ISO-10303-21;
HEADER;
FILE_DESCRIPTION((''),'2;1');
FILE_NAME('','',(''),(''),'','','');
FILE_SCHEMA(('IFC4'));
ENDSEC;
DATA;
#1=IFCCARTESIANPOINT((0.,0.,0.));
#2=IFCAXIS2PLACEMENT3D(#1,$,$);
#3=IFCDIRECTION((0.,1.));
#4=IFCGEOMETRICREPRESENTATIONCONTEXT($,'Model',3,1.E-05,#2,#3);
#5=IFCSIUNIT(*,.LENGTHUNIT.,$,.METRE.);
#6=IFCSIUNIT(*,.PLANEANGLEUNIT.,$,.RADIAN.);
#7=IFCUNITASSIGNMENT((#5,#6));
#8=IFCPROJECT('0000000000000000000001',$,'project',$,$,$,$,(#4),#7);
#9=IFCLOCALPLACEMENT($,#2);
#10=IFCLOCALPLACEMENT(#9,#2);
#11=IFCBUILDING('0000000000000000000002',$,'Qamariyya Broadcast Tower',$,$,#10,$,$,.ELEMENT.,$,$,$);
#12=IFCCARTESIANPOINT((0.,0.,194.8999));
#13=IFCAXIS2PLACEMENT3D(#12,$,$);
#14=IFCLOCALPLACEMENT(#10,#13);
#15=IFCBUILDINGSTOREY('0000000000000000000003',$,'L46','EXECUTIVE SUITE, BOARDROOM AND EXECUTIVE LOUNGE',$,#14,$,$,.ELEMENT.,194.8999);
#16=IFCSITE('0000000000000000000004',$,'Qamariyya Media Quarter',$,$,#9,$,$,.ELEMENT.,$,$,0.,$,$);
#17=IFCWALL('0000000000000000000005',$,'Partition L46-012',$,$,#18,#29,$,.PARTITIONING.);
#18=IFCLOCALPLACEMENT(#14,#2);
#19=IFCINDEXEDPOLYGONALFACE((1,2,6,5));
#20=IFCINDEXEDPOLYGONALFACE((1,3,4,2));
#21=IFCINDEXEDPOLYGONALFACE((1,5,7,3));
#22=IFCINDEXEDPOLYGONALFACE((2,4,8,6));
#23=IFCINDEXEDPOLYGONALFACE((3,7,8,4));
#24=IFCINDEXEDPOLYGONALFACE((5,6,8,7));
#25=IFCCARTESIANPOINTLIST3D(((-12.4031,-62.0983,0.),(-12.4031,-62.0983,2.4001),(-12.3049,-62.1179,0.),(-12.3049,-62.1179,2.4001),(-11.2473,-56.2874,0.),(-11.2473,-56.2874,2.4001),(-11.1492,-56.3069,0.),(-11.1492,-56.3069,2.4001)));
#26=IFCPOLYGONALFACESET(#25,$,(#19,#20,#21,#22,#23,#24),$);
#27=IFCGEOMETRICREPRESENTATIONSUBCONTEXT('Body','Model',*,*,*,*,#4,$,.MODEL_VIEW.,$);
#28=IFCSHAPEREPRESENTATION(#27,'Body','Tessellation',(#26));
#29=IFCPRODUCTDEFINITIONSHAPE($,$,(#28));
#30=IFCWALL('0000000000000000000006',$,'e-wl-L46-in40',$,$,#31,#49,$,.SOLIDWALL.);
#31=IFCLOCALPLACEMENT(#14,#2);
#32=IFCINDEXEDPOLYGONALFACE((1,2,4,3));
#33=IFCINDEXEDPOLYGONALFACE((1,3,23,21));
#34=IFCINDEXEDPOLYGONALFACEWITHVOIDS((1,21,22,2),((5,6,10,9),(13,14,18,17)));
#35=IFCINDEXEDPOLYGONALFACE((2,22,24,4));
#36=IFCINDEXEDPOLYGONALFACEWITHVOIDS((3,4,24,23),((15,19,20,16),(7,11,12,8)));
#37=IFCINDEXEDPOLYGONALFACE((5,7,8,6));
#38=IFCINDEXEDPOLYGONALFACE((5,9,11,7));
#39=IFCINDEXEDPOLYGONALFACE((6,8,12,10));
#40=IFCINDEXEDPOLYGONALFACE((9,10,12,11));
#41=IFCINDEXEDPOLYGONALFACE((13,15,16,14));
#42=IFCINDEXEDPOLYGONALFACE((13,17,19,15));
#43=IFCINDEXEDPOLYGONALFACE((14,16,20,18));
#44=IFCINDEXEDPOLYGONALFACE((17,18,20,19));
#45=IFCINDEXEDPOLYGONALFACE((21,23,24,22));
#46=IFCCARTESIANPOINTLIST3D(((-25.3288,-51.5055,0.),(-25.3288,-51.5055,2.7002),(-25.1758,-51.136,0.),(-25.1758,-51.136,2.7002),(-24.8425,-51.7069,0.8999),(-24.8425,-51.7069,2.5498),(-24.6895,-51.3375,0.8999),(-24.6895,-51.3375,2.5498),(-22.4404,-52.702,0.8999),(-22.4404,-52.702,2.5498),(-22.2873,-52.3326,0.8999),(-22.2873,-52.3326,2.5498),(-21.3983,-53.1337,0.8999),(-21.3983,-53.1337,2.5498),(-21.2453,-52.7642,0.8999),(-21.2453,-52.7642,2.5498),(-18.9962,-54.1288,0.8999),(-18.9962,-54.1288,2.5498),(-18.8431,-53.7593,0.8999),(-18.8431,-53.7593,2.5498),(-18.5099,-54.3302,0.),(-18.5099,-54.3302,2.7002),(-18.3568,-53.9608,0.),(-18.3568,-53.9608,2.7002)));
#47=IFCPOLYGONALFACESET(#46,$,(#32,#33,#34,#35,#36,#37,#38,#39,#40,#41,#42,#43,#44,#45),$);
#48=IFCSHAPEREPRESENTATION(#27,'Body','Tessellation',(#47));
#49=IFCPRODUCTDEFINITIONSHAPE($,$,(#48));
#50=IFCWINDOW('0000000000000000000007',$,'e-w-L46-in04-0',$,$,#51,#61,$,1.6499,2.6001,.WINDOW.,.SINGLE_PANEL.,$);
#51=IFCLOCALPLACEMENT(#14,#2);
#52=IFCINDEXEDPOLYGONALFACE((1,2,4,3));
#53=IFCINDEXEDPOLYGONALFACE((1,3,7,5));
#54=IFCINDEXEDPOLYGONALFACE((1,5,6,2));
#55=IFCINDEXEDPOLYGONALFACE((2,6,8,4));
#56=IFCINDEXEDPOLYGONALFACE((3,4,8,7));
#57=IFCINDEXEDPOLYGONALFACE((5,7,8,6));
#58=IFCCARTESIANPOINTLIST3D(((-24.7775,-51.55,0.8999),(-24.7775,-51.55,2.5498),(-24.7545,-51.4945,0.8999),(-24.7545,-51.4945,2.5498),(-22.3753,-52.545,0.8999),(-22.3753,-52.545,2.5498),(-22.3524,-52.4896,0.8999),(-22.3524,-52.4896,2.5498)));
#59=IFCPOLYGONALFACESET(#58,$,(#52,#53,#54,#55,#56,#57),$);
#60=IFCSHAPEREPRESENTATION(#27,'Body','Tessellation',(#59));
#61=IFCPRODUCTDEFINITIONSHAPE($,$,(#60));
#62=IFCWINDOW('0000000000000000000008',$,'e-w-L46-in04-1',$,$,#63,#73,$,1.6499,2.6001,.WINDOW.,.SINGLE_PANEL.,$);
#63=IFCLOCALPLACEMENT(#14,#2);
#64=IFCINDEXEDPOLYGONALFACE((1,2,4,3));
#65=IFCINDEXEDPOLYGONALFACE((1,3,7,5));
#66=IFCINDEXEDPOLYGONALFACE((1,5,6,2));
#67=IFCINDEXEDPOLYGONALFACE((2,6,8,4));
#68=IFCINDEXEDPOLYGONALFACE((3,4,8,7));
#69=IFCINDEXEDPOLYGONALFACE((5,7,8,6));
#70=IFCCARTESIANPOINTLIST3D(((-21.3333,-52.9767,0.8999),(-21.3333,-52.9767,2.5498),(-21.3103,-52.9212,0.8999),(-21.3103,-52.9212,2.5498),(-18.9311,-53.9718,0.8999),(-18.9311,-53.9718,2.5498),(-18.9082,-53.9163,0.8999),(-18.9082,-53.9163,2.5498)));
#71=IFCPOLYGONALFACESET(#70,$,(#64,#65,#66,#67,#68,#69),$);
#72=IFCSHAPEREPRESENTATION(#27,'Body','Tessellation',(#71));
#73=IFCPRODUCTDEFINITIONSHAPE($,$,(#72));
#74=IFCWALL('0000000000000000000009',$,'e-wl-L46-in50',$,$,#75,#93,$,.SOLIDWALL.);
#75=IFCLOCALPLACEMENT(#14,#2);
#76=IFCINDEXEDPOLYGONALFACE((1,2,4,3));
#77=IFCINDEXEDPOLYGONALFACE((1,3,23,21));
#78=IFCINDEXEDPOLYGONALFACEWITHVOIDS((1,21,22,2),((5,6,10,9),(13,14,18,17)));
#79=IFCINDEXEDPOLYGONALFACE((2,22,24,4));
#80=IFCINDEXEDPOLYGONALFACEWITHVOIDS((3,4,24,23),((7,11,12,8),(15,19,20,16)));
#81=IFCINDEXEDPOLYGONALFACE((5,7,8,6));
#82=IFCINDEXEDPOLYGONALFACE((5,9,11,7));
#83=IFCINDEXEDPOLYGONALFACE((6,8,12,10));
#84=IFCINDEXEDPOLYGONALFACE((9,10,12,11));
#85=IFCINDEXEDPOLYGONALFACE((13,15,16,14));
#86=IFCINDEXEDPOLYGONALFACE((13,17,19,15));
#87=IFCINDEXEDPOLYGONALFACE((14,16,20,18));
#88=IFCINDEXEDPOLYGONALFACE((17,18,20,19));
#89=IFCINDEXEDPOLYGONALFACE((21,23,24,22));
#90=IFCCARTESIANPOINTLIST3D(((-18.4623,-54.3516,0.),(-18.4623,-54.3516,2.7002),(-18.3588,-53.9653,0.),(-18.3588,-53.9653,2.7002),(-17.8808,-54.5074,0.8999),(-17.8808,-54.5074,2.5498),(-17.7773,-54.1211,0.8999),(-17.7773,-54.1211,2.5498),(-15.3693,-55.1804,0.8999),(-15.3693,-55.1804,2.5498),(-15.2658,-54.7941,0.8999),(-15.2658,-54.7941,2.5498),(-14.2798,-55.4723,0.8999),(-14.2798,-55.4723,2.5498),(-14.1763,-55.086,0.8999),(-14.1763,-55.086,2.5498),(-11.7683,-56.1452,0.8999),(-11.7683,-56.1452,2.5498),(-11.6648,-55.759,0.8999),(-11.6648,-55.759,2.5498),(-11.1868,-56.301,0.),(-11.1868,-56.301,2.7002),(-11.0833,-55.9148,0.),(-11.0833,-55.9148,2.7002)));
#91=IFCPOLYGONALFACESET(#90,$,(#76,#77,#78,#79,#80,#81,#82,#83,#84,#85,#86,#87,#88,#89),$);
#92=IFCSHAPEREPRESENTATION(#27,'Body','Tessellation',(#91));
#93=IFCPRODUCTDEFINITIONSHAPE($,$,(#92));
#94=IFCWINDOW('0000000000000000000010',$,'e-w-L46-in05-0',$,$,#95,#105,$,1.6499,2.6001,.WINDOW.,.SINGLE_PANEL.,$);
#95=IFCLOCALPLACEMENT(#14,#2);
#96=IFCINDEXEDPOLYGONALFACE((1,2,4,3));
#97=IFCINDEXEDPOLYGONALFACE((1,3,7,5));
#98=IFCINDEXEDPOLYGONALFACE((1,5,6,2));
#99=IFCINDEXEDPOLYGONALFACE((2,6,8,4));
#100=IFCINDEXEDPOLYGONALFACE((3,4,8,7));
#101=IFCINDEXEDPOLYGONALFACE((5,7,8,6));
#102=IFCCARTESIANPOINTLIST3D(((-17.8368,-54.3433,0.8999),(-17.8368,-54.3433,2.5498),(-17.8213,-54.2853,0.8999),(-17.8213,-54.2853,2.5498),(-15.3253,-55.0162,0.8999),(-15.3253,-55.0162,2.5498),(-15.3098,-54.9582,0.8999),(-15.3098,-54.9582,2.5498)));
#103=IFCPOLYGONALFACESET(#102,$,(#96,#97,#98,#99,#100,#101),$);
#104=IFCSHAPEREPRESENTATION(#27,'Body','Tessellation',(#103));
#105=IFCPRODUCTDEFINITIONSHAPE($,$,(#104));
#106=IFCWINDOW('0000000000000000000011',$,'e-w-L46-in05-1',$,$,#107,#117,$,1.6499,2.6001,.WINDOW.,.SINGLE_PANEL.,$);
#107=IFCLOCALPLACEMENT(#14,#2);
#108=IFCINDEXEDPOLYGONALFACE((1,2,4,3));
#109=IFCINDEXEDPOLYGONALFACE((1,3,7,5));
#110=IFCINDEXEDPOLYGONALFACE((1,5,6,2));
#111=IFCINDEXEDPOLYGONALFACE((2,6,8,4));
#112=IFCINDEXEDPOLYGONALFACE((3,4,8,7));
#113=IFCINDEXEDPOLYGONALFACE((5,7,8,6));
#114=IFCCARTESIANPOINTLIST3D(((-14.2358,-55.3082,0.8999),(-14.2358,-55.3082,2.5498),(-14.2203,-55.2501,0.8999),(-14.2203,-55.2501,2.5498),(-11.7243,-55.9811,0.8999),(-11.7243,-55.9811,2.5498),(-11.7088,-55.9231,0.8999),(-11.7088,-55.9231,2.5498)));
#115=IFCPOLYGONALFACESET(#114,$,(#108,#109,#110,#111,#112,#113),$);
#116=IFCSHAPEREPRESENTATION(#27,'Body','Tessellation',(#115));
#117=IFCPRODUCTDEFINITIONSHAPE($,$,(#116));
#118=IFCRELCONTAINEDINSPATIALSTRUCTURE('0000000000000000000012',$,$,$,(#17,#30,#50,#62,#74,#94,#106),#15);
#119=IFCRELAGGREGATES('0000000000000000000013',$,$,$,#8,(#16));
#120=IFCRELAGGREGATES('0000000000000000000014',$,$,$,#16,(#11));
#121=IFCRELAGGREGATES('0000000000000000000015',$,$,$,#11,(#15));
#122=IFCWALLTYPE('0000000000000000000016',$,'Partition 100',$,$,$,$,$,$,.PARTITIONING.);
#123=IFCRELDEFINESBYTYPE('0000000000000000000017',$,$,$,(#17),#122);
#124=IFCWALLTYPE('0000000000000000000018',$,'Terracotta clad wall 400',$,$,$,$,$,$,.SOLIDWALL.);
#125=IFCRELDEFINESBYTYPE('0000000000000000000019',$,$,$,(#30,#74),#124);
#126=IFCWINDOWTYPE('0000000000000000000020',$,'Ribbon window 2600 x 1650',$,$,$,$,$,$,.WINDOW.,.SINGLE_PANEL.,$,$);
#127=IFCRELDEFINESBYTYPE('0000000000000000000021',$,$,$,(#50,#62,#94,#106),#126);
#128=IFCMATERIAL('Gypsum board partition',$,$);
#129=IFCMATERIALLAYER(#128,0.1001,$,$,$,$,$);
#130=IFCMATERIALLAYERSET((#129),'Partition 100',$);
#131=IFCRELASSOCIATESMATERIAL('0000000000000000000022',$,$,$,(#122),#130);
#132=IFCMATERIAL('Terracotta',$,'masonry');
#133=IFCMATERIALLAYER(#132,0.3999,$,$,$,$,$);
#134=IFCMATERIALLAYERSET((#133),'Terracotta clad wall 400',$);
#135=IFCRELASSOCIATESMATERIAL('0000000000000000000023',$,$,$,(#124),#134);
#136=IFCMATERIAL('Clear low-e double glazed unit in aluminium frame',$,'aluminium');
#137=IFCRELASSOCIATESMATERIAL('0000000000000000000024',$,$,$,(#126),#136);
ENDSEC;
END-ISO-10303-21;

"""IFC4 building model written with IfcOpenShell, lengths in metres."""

from ifc_helpers import new_model, si_unit, direction, frame, frame_2d, origin, place, context, subcontext, project, spatial, rectangle, extrude, material, layer, layer_set, type_object, element, fill, save


model = new_model("IFC4")

# Units and contexts
model_context = context("Model", 3, precision=1e-05, world=origin(), true_north=direction((0.0, 1.0)))
body_context = subcontext(model_context, "Body", "Model", "MODEL_VIEW")
ifc_project = project(units=[si_unit("LENGTHUNIT", "METRE"), si_unit("PLANEANGLEUNIT", "RADIAN")], contexts=[model_context])

# Site, building, storey
site_placement = place(None, origin())
site = spatial("IfcSite", under=ifc_project, at=site_placement, Name="Qamariyya Media Quarter", CompositionType="ELEMENT", RefElevation=0.0)
building_placement = place(site_placement, origin())
building = spatial("IfcBuilding", under=site, at=building_placement, Name="Qamariyya Broadcast Tower", CompositionType="ELEMENT")
storey_placement = place(building_placement, frame((0.0, 0.0, 194.8999)))
storey = spatial("IfcBuildingStorey", under=building, at=storey_placement, Name="L46", Description="EXECUTIVE SUITE, BOARDROOM AND EXECUTIVE LOUNGE", CompositionType="ELEMENT", Elevation=194.8999)

# Wall
ifc_material_1 = material(Name="Gypsum board partition")
ifc_layer_1 = layer(ifc_material_1, 0.1001)
ifc_layer_set_1 = layer_set([ifc_layer_1], Name="Partition 100")
wall_type_1 = type_object("IfcWallType", Name="Partition 100", PredefinedType="PARTITIONING", material=ifc_layer_set_1)
wall_1_placement = place(storey_placement, frame((-11.1982, -56.2971, 0.0), z_axis=(0.0, 0.0, 1.0), x_axis=(-0.19507, -0.980789, 0.0)))
element("IfcWall", 1, at=wall_1_placement, inside=storey, type_object=wall_type_1, Name="Partition L46-012", PredefinedType="PARTITIONING", context=body_context, shape_type="SweptSolid", body=[
    extrude(rectangle(XDim=5.9248, YDim=0.1001, at=frame_2d((2.9624, 0.0))), origin(), (0.0, 0.0, 1.0), 2.4001),
])

# Walls, openings, windows
ifc_material_2 = material(Name="Terracotta", Category="masonry")
ifc_layer_2 = layer(ifc_material_2, 0.3999)
ifc_layer_set_2 = layer_set([ifc_layer_2], Name="Terracotta clad wall 400")
wall_type_2 = type_object("IfcWallType", Name="Terracotta clad wall 400", PredefinedType="SOLIDWALL", material=ifc_layer_set_2)
wall_2_placement = place(storey_placement, frame((-18.4333, -54.1455, 0.0), z_axis=(0.0, 0.0, 1.0), x_axis=(-0.923868, 0.382712, 0.0)))
wall_2 = element("IfcWall", 2, at=wall_2_placement, inside=storey, type_object=wall_type_2, Name="e-wl-L46-in40", PredefinedType="SOLIDWALL", context=body_context, shape_type="SweptSolid", body=[
    extrude(rectangle(XDim=7.3809, YDim=0.3999, at=frame_2d((3.6904, 0.0))), origin(), (0.0, 0.0, 1.0), 2.7002),
])
opening_1_placement = place(wall_2_placement, frame((4.2544, 0.0, 0.8999)))
opening_1 = element("IfcOpeningElement", 3, at=opening_1_placement, cuts=wall_2, PredefinedType="OPENING", context=body_context, shape_type="SweptSolid", body=[
    extrude(rectangle(XDim=2.6001, YDim=1.6499, at=frame_2d((1.3, 0.825))), frame((0.0, 0.21, 0.0), z_axis=(0.0, -1.0, 0.0), x_axis=(1.0, 0.0, 0.0)), (0.0, 0.0, 1.0), 0.4199),
])
opening_2_placement = place(wall_2_placement, frame((0.5264, 0.0, 0.8999)))
opening_2 = element("IfcOpeningElement", 4, at=opening_2_placement, cuts=wall_2, PredefinedType="OPENING", context=body_context, shape_type="SweptSolid", body=[
    extrude(rectangle(XDim=2.6001, YDim=1.6499, at=frame_2d((1.3, 0.825))), frame((0.0, 0.21, 0.0), z_axis=(0.0, -1.0, 0.0), x_axis=(1.0, 0.0, 0.0)), (0.0, 0.0, 1.0), 0.4199),
])
ifc_material_3 = material(Name="Clear low-e double glazed unit in aluminium frame", Category="aluminium")
window_type = type_object("IfcWindowType", Name="Ribbon window 2600 x 1650", PartitioningType="SINGLE_PANEL", PredefinedType="WINDOW", material=ifc_material_3)
window_1_placement = place(opening_1_placement, origin())
window_1 = element("IfcWindow", 5, at=window_1_placement, inside=storey, type_object=window_type, Name="e-w-L46-in04-0", OverallHeight=1.6499, OverallWidth=2.6001, PartitioningType="SINGLE_PANEL", PredefinedType="WINDOW", context=body_context, shape_type="SweptSolid", body=[
    extrude(rectangle(XDim=2.6001, YDim=1.6499, at=frame_2d((1.3, 0.825))), frame((0.0, 0.03, 0.0), z_axis=(0.0, -1.0, 0.0), x_axis=(1.0, 0.0, 0.0)), (0.0, 0.0, 1.0), 0.0601),
])
fill(opening_1, window_1)
window_2_placement = place(opening_2_placement, origin())
window_2 = element("IfcWindow", 6, at=window_2_placement, inside=storey, type_object=window_type, Name="e-w-L46-in04-1", OverallHeight=1.6499, OverallWidth=2.6001, PartitioningType="SINGLE_PANEL", PredefinedType="WINDOW", context=body_context, shape_type="SweptSolid", body=[
    extrude(rectangle(XDim=2.6001, YDim=1.6499, at=frame_2d((1.3, 0.825))), frame((0.0, 0.03, 0.0), z_axis=(0.0, -1.0, 0.0), x_axis=(1.0, 0.0, 0.0)), (0.0, 0.0, 1.0), 0.0601),
])
fill(opening_2, window_2)
wall_3_placement = place(storey_placement, frame((-11.135, -56.1079, 0.0), z_axis=(0.0, 0.0, 1.0), x_axis=(-0.965927, 0.258814, 0.0)))
wall_3 = element("IfcWall", 7, at=wall_3_placement, inside=storey, type_object=wall_type_2, Name="e-wl-L46-in50", PredefinedType="SOLIDWALL", context=body_context, shape_type="SweptSolid", body=[
    extrude(rectangle(XDim=7.5322, YDim=0.3999, at=frame_2d((3.7661, 0.0))), origin(), (0.0, 0.0, 1.0), 2.7002),
])
opening_3_placement = place(wall_3_placement, frame((4.3301, 0.0, 0.8999)))
opening_3 = element("IfcOpeningElement", 8, at=opening_3_placement, cuts=wall_3, PredefinedType="OPENING", context=body_context, shape_type="SweptSolid", body=[
    extrude(rectangle(XDim=2.6001, YDim=1.6499, at=frame_2d((1.3, 0.825))), frame((0.0, 0.21, 0.0), z_axis=(0.0, -1.0, 0.0), x_axis=(1.0, 0.0, 0.0)), (0.0, 0.0, 1.0), 0.4199),
])
opening_4_placement = place(wall_3_placement, frame((0.6021, 0.0, 0.8999)))
opening_4 = element("IfcOpeningElement", 9, at=opening_4_placement, cuts=wall_3, PredefinedType="OPENING", context=body_context, shape_type="SweptSolid", body=[
    extrude(rectangle(XDim=2.6001, YDim=1.6499, at=frame_2d((1.3, 0.825))), frame((0.0, 0.21, 0.0), z_axis=(0.0, -1.0, 0.0), x_axis=(1.0, 0.0, 0.0)), (0.0, 0.0, 1.0), 0.4199),
])
window_3_placement = place(opening_3_placement, origin())
window_3 = element("IfcWindow", 10, at=window_3_placement, inside=storey, type_object=window_type, Name="e-w-L46-in05-0", OverallHeight=1.6499, OverallWidth=2.6001, PartitioningType="SINGLE_PANEL", PredefinedType="WINDOW", context=body_context, shape_type="SweptSolid", body=[
    extrude(rectangle(XDim=2.6001, YDim=1.6499, at=frame_2d((1.3, 0.825))), frame((0.0, 0.03, 0.0), z_axis=(0.0, -1.0, 0.0), x_axis=(1.0, 0.0, 0.0)), (0.0, 0.0, 1.0), 0.0601),
])
fill(opening_3, window_3)
window_4_placement = place(opening_4_placement, origin())
window_4 = element("IfcWindow", 11, at=window_4_placement, inside=storey, type_object=window_type, Name="e-w-L46-in05-1", OverallHeight=1.6499, OverallWidth=2.6001, PartitioningType="SINGLE_PANEL", PredefinedType="WINDOW", context=body_context, shape_type="SweptSolid", body=[
    extrude(rectangle(XDim=2.6001, YDim=1.6499, at=frame_2d((1.3, 0.825))), frame((0.0, 0.03, 0.0), z_axis=(0.0, -1.0, 0.0), x_axis=(1.0, 0.0, 0.0)), (0.0, 0.0, 1.0), 0.0601),
])
fill(opening_4, window_4)

save(model, "model.ifc")
